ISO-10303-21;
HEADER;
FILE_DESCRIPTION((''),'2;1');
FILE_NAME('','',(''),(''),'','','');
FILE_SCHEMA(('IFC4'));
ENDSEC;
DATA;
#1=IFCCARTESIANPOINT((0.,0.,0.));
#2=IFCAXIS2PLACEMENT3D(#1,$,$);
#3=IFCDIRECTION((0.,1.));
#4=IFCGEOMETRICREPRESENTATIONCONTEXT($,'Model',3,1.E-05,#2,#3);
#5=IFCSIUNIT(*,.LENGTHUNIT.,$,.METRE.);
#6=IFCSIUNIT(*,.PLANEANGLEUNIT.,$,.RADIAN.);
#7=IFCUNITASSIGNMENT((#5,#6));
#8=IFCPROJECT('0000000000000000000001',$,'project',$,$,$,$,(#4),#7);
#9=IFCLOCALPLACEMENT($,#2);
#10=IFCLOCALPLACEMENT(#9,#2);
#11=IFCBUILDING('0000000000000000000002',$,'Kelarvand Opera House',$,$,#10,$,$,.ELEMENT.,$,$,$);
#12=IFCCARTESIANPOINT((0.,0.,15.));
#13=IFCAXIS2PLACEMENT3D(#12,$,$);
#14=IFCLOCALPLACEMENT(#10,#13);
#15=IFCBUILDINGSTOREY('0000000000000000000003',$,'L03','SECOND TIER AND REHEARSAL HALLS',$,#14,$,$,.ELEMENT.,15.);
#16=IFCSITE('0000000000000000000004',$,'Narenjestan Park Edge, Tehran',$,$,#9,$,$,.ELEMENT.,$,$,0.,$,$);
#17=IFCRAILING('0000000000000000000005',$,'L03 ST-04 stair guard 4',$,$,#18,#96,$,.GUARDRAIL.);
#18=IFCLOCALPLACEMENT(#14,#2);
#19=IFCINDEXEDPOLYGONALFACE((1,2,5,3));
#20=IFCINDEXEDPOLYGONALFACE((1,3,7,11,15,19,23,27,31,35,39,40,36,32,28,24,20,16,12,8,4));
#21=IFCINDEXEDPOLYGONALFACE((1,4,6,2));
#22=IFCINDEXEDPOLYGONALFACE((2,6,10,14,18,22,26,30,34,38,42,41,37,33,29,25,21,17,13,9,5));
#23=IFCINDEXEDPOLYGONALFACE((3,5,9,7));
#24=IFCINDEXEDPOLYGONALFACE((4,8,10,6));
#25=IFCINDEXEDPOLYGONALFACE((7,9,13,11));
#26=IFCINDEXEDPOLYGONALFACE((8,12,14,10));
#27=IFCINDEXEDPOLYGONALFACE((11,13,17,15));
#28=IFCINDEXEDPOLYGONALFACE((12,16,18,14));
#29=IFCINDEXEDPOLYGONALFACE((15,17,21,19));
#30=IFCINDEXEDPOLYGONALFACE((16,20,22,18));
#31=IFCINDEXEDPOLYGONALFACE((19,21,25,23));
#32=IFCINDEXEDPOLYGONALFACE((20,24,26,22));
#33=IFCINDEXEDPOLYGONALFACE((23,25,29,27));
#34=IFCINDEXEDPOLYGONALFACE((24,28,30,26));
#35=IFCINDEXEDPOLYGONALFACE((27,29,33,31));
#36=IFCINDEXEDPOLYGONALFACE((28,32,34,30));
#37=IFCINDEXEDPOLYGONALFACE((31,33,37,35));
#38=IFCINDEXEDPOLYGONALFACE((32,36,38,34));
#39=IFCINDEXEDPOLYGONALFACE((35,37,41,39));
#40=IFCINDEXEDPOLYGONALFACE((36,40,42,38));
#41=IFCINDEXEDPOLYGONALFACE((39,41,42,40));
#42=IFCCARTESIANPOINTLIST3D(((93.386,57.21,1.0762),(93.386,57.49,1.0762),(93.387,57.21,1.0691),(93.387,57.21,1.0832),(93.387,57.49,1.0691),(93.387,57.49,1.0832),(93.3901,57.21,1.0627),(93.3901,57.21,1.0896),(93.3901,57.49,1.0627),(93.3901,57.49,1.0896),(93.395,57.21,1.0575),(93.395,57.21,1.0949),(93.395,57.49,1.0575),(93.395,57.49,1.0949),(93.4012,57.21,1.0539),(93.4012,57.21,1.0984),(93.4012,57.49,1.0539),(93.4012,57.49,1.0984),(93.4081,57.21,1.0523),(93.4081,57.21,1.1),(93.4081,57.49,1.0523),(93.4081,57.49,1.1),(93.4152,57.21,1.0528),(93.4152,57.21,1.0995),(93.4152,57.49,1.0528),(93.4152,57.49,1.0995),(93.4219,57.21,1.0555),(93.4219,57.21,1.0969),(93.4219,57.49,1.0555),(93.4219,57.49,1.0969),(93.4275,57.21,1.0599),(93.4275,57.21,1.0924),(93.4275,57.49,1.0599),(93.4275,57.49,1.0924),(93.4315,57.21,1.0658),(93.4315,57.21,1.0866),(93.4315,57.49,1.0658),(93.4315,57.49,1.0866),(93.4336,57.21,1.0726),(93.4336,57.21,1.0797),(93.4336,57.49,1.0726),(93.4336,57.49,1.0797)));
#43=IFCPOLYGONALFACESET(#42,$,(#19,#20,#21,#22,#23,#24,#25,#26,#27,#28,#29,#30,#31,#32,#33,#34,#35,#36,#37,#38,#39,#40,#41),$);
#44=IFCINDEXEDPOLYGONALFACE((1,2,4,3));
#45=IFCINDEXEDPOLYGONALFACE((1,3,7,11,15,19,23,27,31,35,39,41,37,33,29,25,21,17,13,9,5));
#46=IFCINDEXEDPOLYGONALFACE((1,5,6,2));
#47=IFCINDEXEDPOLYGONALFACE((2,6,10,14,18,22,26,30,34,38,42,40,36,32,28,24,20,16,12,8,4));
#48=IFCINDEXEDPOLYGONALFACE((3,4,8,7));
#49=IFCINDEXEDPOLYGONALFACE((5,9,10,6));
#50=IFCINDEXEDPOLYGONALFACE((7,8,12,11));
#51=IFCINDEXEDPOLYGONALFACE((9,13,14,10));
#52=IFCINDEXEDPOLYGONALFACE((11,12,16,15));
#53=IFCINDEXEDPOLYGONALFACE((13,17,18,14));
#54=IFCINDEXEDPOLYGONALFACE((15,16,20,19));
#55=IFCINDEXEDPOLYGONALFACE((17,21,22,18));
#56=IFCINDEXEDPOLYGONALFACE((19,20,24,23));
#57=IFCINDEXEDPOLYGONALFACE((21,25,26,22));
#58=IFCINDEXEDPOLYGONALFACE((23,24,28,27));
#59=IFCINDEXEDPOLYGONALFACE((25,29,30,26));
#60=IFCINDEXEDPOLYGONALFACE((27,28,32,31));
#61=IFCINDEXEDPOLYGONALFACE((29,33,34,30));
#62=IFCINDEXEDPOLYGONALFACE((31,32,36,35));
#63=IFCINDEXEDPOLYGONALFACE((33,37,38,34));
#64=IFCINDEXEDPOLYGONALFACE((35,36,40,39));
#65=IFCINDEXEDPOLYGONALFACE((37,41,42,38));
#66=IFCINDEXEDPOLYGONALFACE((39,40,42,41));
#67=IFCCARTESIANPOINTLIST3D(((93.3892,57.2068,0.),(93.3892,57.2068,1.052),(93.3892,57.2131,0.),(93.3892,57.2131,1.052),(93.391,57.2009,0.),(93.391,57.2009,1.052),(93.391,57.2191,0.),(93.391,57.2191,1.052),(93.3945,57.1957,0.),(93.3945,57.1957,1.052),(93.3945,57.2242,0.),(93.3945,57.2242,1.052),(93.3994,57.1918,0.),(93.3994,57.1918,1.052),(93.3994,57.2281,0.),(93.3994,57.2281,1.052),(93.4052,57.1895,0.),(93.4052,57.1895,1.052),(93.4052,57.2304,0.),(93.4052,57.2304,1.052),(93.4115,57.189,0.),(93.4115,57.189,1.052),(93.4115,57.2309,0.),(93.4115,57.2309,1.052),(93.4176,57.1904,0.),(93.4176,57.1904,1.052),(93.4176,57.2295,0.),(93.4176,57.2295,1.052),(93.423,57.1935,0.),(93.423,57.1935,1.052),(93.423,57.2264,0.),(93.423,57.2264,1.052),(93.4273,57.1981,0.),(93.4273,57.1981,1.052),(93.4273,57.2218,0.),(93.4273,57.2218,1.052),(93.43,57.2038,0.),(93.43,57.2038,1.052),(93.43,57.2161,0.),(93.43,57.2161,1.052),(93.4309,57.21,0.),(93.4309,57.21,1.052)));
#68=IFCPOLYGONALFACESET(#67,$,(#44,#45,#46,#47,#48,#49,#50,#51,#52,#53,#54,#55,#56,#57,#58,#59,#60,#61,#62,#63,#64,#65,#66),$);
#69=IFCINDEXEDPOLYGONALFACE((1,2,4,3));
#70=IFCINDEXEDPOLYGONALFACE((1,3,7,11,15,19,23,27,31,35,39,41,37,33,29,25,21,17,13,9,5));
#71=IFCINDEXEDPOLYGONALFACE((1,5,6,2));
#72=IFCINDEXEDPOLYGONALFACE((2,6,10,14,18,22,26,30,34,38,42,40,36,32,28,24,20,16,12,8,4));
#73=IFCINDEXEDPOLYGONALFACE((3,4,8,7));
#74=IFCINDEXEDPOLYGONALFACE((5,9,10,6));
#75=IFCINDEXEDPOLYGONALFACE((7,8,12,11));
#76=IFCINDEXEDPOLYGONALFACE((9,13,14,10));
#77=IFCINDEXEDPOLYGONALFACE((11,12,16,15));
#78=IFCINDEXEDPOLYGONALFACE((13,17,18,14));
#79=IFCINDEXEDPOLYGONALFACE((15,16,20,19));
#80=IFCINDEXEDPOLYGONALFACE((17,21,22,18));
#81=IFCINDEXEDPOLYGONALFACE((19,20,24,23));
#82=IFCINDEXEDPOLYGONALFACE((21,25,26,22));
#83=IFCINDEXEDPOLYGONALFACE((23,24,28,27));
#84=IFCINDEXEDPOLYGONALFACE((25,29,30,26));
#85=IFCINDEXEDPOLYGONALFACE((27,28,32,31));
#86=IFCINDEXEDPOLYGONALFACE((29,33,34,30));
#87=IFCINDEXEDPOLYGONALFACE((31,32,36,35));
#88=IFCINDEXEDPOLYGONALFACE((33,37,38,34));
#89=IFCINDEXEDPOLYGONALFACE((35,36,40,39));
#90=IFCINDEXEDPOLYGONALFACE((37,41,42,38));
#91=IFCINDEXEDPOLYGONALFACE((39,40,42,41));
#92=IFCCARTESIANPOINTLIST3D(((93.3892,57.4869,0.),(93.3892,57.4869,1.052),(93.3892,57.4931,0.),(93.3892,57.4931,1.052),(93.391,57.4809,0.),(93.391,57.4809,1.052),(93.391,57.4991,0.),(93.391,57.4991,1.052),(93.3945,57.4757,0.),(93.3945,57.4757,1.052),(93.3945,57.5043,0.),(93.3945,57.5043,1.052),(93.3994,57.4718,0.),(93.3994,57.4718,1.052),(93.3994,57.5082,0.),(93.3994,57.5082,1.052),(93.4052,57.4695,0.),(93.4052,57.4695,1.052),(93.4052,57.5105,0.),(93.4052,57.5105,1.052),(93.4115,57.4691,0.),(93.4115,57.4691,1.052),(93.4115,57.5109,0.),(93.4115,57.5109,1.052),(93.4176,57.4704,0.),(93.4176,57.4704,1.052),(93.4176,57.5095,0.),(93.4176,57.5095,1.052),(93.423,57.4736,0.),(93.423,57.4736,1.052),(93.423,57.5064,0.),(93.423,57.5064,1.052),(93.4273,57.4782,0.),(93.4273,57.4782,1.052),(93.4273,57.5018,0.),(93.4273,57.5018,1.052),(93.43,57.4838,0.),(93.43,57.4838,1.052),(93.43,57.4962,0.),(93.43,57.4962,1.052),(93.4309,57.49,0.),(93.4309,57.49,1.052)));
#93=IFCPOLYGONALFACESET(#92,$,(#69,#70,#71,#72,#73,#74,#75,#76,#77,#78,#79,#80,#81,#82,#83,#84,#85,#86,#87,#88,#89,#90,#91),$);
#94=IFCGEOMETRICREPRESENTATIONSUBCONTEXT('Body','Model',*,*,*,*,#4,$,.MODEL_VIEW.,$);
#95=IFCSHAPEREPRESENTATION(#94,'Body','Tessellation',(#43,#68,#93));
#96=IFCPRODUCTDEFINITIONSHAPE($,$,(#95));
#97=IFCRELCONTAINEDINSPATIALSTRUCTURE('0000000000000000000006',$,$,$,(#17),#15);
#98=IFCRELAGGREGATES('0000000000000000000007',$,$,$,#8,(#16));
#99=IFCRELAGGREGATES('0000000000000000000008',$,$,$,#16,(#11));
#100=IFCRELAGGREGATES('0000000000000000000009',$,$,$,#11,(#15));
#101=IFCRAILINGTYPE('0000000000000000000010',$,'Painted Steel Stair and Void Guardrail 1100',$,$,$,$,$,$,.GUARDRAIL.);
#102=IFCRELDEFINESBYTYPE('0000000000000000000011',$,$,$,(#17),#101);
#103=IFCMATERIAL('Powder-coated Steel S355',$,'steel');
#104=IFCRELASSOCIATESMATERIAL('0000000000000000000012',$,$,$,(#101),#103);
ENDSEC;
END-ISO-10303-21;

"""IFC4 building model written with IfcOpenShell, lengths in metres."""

from ifc_helpers import new_model, si_unit, direction, frame, origin, origin_2d, place, context, subcontext, project, spatial, circle, extrude, material, type_object, element, save


model = new_model("IFC4")

# Units and contexts
model_context = context("Model", 3, precision=1e-05, world=origin(), true_north=direction((0.0, 1.0)))
body_context = subcontext(model_context, "Body", "Model", "MODEL_VIEW")
ifc_project = project(units=[si_unit("LENGTHUNIT", "METRE"), si_unit("PLANEANGLEUNIT", "RADIAN")], contexts=[model_context])

# Site, building, storey
site_placement = place(None, origin())
site = spatial("IfcSite", under=ifc_project, at=site_placement, Name="Narenjestan Park Edge, Tehran", CompositionType="ELEMENT", RefElevation=0.0)
building_placement = place(site_placement, origin())
building = spatial("IfcBuilding", under=site, at=building_placement, Name="Kelarvand Opera House", CompositionType="ELEMENT")
storey_placement = place(building_placement, frame((0.0, 0.0, 15.0)))
storey = spatial("IfcBuildingStorey", under=building, at=storey_placement, Name="L03", Description="SECOND TIER AND REHEARSAL HALLS", CompositionType="ELEMENT", Elevation=15.0)

# Railing
ifc_material_1 = material(Name="Powder-coated Steel S355", Category="steel")
railing_type_1 = type_object("IfcRailingType", Name="Painted Steel Stair and Void Guardrail 1100", PredefinedType="GUARDRAIL", material=ifc_material_1)
railing_1_placement = place(storey_placement, frame((93.4099, 57.21, 0.0)))
element("IfcRailing", 1, at=railing_1_placement, inside=storey, type_object=railing_type_1, Name="L03 ST-04 stair guard 4", PredefinedType="GUARDRAIL", context=body_context, shape_type="SweptSolid", body=[
    extrude(circle(Radius=0.0239, at=origin_2d()), frame((0.0, 0.0, 1.0762), z_axis=(0.0, 1.0, 0.0), x_axis=(-1.0, 0.0, 0.0)), (0.0, 0.0, 1.0), 0.28),
    extrude(circle(Radius=0.021, at=origin_2d()), origin(), (0.0, 0.0, 1.0), 1.052),
    extrude(circle(Radius=0.021, at=origin_2d()), frame((0.0, 0.28, 0.0)), (0.0, 0.0, 1.0), 1.052),
])

save(model, "model.ifc")
